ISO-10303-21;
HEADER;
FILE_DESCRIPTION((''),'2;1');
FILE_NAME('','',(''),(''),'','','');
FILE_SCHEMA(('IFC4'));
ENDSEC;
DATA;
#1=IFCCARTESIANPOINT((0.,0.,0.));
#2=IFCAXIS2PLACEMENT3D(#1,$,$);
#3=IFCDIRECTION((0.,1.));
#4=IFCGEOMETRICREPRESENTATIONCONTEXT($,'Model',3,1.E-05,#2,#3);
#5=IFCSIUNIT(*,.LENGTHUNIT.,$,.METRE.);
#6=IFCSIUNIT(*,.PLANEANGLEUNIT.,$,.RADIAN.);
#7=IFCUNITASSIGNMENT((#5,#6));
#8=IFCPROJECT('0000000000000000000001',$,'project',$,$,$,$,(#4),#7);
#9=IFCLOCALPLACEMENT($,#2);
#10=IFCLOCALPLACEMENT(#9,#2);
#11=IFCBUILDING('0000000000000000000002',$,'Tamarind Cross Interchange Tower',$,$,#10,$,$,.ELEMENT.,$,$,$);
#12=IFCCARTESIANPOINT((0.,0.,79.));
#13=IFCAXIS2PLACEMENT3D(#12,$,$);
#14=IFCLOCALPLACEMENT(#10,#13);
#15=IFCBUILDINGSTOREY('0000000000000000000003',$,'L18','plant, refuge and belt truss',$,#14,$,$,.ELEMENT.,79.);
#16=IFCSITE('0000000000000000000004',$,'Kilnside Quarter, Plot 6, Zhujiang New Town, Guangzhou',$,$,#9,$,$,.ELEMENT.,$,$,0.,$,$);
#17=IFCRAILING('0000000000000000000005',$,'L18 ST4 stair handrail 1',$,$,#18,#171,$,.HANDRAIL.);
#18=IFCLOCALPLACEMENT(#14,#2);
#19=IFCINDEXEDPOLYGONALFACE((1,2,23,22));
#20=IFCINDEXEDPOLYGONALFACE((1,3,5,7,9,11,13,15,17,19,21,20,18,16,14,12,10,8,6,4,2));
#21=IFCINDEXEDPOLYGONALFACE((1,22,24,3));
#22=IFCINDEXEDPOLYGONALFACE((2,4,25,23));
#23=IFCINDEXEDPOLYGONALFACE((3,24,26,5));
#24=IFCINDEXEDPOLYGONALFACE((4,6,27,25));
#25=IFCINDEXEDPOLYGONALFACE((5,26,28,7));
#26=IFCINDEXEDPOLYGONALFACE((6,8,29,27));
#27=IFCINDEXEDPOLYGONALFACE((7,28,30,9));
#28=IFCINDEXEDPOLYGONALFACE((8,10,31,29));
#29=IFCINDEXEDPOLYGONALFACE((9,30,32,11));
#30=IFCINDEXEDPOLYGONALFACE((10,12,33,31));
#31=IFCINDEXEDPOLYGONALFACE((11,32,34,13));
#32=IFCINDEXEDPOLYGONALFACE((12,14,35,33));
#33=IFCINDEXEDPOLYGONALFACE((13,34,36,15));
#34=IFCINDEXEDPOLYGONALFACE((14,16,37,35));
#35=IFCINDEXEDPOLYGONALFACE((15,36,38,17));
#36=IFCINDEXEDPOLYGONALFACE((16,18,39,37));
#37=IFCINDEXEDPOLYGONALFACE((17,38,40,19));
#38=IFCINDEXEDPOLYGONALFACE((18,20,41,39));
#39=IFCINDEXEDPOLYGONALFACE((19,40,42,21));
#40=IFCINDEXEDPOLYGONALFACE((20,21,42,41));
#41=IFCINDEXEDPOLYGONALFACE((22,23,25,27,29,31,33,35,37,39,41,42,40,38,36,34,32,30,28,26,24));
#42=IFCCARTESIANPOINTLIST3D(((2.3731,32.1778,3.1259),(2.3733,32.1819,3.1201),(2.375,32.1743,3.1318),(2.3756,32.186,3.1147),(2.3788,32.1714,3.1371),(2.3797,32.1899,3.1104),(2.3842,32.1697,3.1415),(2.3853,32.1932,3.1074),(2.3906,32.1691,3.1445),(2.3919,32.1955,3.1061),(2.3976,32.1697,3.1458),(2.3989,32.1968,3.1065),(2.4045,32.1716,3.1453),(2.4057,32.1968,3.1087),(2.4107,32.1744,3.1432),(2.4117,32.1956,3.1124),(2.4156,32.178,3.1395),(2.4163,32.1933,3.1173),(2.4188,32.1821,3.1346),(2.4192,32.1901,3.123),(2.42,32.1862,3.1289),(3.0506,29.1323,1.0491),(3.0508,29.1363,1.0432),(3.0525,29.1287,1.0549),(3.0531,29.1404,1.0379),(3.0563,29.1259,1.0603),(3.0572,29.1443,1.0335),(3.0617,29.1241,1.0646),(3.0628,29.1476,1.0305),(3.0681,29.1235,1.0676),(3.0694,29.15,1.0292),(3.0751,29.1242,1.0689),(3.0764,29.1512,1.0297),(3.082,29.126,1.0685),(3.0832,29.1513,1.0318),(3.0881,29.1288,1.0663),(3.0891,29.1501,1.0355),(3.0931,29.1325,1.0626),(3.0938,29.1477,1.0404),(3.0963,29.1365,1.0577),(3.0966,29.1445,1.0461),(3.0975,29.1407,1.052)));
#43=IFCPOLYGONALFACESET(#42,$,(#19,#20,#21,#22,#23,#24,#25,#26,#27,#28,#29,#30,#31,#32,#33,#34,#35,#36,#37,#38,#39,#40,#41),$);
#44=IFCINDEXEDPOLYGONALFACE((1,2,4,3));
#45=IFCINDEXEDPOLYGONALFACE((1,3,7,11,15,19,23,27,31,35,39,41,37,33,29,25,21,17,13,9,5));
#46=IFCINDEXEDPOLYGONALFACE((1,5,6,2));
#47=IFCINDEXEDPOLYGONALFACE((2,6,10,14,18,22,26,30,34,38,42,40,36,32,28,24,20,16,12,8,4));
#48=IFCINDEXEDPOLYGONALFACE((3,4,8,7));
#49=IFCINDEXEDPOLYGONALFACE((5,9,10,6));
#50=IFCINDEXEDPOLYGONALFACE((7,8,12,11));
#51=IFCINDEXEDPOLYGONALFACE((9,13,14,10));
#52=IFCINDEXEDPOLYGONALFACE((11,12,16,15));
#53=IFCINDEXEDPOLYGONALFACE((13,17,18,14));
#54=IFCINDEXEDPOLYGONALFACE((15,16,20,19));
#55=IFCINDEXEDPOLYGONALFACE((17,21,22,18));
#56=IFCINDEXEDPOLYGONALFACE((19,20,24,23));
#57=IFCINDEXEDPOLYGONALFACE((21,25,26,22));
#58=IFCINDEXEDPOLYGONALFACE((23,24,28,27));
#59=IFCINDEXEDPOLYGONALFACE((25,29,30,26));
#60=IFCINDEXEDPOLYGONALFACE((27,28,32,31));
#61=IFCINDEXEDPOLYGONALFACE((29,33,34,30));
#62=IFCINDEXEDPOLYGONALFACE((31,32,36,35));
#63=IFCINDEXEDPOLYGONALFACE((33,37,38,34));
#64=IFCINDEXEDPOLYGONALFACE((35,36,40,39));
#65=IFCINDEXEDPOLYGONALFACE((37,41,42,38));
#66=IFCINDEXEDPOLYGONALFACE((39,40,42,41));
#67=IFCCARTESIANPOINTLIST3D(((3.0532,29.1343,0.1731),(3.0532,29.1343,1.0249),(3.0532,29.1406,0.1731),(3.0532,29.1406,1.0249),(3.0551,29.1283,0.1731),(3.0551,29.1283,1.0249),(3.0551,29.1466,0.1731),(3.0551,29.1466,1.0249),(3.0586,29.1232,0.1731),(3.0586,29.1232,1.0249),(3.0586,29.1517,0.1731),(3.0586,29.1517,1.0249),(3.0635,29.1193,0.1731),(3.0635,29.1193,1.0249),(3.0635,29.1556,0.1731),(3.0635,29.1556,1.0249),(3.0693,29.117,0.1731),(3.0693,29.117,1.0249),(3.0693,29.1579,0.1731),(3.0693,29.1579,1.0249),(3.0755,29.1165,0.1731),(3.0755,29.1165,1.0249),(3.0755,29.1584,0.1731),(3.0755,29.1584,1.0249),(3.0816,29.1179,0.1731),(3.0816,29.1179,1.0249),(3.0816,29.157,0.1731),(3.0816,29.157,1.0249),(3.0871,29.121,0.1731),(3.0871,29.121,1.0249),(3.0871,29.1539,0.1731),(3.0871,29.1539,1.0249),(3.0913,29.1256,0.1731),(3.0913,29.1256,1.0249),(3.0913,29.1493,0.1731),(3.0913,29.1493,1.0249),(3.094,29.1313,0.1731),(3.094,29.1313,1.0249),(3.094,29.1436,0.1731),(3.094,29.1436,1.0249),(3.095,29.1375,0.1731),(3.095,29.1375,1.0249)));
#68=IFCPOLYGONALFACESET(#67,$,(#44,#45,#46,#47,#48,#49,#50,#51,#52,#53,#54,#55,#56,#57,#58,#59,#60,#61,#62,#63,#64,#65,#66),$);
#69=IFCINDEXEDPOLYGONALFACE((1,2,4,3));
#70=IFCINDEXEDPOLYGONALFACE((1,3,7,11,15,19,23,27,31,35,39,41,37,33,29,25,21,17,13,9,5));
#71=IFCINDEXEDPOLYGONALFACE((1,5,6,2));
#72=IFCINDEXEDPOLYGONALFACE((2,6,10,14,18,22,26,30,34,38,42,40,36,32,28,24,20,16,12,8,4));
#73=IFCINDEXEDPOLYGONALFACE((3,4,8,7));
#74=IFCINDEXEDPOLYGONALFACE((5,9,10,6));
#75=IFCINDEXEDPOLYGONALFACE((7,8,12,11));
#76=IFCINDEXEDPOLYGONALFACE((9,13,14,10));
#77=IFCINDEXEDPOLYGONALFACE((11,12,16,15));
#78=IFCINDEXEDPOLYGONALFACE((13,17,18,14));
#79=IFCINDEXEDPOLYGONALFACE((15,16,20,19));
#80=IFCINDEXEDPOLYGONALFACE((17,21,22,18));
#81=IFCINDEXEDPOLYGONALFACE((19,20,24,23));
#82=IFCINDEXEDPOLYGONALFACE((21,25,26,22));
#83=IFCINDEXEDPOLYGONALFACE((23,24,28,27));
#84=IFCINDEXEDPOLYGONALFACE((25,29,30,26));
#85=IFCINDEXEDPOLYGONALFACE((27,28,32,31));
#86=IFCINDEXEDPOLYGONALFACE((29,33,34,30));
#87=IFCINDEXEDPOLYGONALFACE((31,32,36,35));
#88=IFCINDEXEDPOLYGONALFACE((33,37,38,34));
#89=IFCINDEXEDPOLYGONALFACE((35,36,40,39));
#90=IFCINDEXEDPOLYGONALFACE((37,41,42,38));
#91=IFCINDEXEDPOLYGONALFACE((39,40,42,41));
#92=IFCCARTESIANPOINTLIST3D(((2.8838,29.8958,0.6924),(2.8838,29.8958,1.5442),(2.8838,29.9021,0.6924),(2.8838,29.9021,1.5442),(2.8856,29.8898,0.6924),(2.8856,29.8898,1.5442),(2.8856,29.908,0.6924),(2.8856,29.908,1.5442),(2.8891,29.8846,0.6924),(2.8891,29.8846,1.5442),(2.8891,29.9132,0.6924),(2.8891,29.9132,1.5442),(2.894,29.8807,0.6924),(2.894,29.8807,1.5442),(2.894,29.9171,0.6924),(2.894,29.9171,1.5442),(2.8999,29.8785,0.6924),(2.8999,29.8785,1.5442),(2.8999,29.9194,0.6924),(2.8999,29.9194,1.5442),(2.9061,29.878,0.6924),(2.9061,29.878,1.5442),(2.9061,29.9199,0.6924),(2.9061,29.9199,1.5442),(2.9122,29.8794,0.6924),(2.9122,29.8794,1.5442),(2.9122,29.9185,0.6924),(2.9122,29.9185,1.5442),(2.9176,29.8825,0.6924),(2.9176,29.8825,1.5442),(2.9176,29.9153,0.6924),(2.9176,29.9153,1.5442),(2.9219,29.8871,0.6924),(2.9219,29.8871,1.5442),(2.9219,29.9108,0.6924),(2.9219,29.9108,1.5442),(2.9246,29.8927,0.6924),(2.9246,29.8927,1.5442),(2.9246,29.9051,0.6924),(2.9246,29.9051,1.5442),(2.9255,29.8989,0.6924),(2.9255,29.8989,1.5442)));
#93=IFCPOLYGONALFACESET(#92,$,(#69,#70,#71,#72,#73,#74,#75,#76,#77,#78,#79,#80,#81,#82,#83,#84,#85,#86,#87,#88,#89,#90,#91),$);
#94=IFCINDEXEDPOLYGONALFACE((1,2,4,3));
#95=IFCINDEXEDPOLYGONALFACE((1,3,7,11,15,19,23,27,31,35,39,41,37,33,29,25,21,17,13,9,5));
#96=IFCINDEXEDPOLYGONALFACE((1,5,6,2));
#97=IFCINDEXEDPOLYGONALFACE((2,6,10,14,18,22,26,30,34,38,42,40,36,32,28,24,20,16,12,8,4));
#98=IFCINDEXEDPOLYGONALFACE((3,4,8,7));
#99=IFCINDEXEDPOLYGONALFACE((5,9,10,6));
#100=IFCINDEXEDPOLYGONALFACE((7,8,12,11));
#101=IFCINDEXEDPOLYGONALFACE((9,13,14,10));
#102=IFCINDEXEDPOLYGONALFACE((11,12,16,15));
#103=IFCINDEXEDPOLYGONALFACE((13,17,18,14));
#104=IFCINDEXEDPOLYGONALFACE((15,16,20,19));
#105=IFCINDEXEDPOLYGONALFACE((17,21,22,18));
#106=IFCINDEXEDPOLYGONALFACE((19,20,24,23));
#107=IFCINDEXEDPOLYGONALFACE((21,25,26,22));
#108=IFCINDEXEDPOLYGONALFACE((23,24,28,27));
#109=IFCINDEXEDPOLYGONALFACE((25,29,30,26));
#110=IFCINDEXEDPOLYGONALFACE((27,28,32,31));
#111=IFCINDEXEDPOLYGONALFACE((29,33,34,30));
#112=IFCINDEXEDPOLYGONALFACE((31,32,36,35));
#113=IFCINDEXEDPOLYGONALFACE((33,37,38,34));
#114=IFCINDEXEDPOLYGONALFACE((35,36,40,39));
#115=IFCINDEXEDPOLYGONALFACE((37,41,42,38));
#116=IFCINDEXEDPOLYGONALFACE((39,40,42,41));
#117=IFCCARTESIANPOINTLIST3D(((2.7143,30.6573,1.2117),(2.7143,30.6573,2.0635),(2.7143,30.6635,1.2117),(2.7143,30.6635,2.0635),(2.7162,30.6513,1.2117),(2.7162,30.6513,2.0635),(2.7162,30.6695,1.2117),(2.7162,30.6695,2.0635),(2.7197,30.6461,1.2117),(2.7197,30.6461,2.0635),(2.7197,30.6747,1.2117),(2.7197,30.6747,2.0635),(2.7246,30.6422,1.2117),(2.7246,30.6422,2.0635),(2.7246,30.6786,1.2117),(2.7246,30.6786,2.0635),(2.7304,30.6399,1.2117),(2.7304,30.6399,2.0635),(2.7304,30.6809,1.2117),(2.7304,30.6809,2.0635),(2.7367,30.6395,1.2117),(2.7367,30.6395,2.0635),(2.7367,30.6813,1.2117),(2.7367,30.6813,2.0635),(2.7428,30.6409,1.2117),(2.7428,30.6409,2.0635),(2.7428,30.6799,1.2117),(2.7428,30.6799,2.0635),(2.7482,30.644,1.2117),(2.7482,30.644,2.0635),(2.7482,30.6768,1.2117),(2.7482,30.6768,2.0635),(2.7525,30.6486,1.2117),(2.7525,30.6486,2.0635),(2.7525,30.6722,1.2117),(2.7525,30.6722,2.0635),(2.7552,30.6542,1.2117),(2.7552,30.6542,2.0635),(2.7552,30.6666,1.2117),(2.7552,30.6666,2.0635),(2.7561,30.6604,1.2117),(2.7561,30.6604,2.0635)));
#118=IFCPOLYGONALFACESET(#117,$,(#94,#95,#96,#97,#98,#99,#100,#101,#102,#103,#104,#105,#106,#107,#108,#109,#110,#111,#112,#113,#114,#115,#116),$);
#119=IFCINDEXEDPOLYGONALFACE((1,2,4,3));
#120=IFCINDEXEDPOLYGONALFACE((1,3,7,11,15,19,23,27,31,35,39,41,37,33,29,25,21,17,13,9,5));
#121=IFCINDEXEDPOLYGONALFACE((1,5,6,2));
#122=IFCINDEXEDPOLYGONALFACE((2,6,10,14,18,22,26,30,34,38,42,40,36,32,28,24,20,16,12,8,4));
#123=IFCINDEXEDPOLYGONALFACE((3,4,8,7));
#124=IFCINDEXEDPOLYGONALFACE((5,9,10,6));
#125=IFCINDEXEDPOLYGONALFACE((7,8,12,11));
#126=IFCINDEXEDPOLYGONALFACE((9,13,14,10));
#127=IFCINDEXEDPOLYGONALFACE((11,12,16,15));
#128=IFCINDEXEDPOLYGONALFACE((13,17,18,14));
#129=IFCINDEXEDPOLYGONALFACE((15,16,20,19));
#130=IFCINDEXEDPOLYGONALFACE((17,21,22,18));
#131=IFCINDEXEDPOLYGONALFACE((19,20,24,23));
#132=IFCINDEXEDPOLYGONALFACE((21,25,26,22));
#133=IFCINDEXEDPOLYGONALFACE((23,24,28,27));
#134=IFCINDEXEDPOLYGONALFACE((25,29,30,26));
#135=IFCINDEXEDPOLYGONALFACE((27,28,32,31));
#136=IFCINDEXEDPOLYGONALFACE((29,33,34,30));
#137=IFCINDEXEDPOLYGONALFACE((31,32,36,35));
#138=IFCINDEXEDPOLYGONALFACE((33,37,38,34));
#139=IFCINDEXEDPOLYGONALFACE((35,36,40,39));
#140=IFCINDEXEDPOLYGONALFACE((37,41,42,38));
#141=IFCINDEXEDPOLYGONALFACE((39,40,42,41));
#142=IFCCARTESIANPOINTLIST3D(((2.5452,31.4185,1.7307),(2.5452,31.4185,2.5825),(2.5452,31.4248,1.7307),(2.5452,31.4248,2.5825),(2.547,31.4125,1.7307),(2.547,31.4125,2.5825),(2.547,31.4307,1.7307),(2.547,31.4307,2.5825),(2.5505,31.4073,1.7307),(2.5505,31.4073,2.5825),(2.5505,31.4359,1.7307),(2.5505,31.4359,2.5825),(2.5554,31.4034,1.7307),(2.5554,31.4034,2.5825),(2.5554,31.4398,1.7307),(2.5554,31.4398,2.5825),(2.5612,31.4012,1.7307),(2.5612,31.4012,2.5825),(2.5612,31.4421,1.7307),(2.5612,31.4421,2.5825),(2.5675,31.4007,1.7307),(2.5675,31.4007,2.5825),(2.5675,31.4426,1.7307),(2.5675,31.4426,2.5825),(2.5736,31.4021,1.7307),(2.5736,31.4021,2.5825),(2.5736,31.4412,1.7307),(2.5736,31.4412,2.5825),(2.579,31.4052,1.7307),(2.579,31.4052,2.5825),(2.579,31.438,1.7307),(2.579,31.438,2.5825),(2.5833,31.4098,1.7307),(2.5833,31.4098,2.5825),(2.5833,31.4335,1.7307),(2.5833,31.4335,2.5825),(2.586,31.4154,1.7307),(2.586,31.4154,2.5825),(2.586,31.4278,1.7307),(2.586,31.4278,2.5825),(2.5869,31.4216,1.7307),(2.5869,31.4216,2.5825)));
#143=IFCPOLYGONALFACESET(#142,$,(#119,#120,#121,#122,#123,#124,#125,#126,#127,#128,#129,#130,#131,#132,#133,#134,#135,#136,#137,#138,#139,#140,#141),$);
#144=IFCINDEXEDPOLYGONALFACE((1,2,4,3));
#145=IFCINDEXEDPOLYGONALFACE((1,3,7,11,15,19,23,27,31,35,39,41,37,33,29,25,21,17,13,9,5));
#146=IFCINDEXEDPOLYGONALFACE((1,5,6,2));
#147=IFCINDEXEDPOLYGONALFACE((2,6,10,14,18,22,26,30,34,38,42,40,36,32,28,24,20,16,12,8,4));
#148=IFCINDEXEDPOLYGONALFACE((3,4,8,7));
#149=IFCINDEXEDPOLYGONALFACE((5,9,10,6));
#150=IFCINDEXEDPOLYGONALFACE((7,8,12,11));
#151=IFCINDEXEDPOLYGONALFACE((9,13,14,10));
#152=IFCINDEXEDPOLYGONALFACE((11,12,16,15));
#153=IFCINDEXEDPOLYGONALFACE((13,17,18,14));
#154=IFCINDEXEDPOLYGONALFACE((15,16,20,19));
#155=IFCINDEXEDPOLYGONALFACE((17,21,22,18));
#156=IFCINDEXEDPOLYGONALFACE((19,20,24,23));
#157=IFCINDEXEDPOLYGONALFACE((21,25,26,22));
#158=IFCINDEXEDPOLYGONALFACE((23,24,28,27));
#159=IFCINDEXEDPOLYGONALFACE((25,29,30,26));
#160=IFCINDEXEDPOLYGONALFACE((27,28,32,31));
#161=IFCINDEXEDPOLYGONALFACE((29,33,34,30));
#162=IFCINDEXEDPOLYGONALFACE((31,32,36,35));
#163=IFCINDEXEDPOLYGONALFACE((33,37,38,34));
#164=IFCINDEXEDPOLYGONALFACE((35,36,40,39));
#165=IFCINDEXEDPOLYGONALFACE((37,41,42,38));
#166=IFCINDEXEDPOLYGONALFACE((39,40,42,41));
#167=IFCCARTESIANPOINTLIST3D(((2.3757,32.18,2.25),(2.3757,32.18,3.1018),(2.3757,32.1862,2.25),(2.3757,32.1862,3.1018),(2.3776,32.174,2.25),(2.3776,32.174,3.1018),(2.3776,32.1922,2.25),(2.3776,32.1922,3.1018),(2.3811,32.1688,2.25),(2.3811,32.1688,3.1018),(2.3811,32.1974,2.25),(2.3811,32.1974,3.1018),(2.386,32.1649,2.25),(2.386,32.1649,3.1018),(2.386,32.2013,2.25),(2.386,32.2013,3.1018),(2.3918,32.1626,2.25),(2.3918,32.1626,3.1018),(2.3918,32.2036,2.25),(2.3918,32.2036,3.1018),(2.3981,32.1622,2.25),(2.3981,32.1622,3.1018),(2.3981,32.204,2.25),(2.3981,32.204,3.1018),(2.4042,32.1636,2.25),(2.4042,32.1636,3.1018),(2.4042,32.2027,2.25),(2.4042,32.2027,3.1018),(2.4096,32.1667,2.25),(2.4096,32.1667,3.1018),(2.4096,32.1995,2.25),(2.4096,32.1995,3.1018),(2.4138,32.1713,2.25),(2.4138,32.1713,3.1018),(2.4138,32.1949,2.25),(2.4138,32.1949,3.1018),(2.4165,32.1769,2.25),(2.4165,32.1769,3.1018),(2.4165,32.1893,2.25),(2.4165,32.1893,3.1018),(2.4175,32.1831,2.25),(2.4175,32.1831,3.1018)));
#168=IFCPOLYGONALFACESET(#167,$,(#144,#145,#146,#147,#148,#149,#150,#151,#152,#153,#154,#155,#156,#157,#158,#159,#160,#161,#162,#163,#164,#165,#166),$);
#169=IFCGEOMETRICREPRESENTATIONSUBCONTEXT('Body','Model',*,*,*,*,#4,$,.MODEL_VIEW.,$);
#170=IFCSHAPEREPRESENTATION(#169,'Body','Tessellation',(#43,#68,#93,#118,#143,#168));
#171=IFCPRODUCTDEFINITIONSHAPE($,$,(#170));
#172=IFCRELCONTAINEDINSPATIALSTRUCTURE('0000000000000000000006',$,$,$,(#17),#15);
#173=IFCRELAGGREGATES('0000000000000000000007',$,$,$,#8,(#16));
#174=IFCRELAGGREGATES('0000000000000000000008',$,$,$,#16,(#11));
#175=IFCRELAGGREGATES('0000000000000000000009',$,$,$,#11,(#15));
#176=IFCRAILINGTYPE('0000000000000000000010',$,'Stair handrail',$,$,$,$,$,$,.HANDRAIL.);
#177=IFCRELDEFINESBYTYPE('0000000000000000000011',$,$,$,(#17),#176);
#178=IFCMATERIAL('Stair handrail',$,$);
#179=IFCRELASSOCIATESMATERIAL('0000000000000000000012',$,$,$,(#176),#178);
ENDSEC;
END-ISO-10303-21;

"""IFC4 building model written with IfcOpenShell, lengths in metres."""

from ifc_helpers import new_model, si_unit, direction, frame, origin, origin_2d, place, context, subcontext, project, spatial, circle, extrude, material, type_object, element, save


model = new_model("IFC4")

# Units and contexts
model_context = context("Model", 3, precision=1e-05, world=origin(), true_north=direction((0.0, 1.0)))
body_context = subcontext(model_context, "Body", "Model", "MODEL_VIEW")
ifc_project = project(units=[si_unit("LENGTHUNIT", "METRE"), si_unit("PLANEANGLEUNIT", "RADIAN")], contexts=[model_context])

# Site, building, storey
site_placement = place(None, origin())
site = spatial("IfcSite", under=ifc_project, at=site_placement, Name="Kilnside Quarter, Plot 6, Zhujiang New Town, Guangzhou", CompositionType="ELEMENT", RefElevation=0.0)
building_placement = place(site_placement, origin())
building = spatial("IfcBuilding", under=site, at=building_placement, Name="Tamarind Cross Interchange Tower", CompositionType="ELEMENT")
storey_placement = place(building_placement, frame((0.0, 0.0, 79.0)))
storey = spatial("IfcBuildingStorey", under=building, at=storey_placement, Name="L18", Description="plant, refuge and belt truss", CompositionType="ELEMENT", Elevation=79.0)

# Railing
ifc_material_1 = material(Name="Stair handrail")
railing_type_1 = type_object("IfcRailingType", Name="Stair handrail", PredefinedType="HANDRAIL", material=ifc_material_1)
railing_1_placement = place(storey_placement, frame((3.074, 29.1375, 0.1731)))
element("IfcRailing", 1, at=railing_1_placement, inside=storey, type_object=railing_type_1, Name="L18 ST4 stair handrail 1", PredefinedType="HANDRAIL", context=body_context, shape_type="SweptSolid", body=[
    extrude(circle(Radius=0.0239, at=origin_2d()), frame((0.0, 0.0, 0.876), z_axis=(-0.180754, 0.812578, 0.554116), x_axis=(-0.976141, -0.217138, 0.0)), (0.0, 0.0, 1.0), 3.748),
    extrude(circle(Radius=0.021, at=origin_2d()), origin(), (0.0, 0.0, 1.0), 0.8518),
    extrude(circle(Radius=0.021, at=origin_2d()), frame((-0.1694, 0.7615, 0.5193)), (0.0, 0.0, 1.0), 0.8518),
    extrude(circle(Radius=0.021, at=origin_2d()), frame((-0.3389, 1.5229, 1.0386)), (0.0, 0.0, 1.0), 0.8518),
    extrude(circle(Radius=0.021, at=origin_2d()), frame((-0.5081, 2.2842, 1.5576)), (0.0, 0.0, 1.0), 0.8518),
    extrude(circle(Radius=0.021, at=origin_2d()), frame((-0.6775, 3.0457, 2.0769)), (0.0, 0.0, 1.0), 0.8518),
])

save(model, "model.ifc")
